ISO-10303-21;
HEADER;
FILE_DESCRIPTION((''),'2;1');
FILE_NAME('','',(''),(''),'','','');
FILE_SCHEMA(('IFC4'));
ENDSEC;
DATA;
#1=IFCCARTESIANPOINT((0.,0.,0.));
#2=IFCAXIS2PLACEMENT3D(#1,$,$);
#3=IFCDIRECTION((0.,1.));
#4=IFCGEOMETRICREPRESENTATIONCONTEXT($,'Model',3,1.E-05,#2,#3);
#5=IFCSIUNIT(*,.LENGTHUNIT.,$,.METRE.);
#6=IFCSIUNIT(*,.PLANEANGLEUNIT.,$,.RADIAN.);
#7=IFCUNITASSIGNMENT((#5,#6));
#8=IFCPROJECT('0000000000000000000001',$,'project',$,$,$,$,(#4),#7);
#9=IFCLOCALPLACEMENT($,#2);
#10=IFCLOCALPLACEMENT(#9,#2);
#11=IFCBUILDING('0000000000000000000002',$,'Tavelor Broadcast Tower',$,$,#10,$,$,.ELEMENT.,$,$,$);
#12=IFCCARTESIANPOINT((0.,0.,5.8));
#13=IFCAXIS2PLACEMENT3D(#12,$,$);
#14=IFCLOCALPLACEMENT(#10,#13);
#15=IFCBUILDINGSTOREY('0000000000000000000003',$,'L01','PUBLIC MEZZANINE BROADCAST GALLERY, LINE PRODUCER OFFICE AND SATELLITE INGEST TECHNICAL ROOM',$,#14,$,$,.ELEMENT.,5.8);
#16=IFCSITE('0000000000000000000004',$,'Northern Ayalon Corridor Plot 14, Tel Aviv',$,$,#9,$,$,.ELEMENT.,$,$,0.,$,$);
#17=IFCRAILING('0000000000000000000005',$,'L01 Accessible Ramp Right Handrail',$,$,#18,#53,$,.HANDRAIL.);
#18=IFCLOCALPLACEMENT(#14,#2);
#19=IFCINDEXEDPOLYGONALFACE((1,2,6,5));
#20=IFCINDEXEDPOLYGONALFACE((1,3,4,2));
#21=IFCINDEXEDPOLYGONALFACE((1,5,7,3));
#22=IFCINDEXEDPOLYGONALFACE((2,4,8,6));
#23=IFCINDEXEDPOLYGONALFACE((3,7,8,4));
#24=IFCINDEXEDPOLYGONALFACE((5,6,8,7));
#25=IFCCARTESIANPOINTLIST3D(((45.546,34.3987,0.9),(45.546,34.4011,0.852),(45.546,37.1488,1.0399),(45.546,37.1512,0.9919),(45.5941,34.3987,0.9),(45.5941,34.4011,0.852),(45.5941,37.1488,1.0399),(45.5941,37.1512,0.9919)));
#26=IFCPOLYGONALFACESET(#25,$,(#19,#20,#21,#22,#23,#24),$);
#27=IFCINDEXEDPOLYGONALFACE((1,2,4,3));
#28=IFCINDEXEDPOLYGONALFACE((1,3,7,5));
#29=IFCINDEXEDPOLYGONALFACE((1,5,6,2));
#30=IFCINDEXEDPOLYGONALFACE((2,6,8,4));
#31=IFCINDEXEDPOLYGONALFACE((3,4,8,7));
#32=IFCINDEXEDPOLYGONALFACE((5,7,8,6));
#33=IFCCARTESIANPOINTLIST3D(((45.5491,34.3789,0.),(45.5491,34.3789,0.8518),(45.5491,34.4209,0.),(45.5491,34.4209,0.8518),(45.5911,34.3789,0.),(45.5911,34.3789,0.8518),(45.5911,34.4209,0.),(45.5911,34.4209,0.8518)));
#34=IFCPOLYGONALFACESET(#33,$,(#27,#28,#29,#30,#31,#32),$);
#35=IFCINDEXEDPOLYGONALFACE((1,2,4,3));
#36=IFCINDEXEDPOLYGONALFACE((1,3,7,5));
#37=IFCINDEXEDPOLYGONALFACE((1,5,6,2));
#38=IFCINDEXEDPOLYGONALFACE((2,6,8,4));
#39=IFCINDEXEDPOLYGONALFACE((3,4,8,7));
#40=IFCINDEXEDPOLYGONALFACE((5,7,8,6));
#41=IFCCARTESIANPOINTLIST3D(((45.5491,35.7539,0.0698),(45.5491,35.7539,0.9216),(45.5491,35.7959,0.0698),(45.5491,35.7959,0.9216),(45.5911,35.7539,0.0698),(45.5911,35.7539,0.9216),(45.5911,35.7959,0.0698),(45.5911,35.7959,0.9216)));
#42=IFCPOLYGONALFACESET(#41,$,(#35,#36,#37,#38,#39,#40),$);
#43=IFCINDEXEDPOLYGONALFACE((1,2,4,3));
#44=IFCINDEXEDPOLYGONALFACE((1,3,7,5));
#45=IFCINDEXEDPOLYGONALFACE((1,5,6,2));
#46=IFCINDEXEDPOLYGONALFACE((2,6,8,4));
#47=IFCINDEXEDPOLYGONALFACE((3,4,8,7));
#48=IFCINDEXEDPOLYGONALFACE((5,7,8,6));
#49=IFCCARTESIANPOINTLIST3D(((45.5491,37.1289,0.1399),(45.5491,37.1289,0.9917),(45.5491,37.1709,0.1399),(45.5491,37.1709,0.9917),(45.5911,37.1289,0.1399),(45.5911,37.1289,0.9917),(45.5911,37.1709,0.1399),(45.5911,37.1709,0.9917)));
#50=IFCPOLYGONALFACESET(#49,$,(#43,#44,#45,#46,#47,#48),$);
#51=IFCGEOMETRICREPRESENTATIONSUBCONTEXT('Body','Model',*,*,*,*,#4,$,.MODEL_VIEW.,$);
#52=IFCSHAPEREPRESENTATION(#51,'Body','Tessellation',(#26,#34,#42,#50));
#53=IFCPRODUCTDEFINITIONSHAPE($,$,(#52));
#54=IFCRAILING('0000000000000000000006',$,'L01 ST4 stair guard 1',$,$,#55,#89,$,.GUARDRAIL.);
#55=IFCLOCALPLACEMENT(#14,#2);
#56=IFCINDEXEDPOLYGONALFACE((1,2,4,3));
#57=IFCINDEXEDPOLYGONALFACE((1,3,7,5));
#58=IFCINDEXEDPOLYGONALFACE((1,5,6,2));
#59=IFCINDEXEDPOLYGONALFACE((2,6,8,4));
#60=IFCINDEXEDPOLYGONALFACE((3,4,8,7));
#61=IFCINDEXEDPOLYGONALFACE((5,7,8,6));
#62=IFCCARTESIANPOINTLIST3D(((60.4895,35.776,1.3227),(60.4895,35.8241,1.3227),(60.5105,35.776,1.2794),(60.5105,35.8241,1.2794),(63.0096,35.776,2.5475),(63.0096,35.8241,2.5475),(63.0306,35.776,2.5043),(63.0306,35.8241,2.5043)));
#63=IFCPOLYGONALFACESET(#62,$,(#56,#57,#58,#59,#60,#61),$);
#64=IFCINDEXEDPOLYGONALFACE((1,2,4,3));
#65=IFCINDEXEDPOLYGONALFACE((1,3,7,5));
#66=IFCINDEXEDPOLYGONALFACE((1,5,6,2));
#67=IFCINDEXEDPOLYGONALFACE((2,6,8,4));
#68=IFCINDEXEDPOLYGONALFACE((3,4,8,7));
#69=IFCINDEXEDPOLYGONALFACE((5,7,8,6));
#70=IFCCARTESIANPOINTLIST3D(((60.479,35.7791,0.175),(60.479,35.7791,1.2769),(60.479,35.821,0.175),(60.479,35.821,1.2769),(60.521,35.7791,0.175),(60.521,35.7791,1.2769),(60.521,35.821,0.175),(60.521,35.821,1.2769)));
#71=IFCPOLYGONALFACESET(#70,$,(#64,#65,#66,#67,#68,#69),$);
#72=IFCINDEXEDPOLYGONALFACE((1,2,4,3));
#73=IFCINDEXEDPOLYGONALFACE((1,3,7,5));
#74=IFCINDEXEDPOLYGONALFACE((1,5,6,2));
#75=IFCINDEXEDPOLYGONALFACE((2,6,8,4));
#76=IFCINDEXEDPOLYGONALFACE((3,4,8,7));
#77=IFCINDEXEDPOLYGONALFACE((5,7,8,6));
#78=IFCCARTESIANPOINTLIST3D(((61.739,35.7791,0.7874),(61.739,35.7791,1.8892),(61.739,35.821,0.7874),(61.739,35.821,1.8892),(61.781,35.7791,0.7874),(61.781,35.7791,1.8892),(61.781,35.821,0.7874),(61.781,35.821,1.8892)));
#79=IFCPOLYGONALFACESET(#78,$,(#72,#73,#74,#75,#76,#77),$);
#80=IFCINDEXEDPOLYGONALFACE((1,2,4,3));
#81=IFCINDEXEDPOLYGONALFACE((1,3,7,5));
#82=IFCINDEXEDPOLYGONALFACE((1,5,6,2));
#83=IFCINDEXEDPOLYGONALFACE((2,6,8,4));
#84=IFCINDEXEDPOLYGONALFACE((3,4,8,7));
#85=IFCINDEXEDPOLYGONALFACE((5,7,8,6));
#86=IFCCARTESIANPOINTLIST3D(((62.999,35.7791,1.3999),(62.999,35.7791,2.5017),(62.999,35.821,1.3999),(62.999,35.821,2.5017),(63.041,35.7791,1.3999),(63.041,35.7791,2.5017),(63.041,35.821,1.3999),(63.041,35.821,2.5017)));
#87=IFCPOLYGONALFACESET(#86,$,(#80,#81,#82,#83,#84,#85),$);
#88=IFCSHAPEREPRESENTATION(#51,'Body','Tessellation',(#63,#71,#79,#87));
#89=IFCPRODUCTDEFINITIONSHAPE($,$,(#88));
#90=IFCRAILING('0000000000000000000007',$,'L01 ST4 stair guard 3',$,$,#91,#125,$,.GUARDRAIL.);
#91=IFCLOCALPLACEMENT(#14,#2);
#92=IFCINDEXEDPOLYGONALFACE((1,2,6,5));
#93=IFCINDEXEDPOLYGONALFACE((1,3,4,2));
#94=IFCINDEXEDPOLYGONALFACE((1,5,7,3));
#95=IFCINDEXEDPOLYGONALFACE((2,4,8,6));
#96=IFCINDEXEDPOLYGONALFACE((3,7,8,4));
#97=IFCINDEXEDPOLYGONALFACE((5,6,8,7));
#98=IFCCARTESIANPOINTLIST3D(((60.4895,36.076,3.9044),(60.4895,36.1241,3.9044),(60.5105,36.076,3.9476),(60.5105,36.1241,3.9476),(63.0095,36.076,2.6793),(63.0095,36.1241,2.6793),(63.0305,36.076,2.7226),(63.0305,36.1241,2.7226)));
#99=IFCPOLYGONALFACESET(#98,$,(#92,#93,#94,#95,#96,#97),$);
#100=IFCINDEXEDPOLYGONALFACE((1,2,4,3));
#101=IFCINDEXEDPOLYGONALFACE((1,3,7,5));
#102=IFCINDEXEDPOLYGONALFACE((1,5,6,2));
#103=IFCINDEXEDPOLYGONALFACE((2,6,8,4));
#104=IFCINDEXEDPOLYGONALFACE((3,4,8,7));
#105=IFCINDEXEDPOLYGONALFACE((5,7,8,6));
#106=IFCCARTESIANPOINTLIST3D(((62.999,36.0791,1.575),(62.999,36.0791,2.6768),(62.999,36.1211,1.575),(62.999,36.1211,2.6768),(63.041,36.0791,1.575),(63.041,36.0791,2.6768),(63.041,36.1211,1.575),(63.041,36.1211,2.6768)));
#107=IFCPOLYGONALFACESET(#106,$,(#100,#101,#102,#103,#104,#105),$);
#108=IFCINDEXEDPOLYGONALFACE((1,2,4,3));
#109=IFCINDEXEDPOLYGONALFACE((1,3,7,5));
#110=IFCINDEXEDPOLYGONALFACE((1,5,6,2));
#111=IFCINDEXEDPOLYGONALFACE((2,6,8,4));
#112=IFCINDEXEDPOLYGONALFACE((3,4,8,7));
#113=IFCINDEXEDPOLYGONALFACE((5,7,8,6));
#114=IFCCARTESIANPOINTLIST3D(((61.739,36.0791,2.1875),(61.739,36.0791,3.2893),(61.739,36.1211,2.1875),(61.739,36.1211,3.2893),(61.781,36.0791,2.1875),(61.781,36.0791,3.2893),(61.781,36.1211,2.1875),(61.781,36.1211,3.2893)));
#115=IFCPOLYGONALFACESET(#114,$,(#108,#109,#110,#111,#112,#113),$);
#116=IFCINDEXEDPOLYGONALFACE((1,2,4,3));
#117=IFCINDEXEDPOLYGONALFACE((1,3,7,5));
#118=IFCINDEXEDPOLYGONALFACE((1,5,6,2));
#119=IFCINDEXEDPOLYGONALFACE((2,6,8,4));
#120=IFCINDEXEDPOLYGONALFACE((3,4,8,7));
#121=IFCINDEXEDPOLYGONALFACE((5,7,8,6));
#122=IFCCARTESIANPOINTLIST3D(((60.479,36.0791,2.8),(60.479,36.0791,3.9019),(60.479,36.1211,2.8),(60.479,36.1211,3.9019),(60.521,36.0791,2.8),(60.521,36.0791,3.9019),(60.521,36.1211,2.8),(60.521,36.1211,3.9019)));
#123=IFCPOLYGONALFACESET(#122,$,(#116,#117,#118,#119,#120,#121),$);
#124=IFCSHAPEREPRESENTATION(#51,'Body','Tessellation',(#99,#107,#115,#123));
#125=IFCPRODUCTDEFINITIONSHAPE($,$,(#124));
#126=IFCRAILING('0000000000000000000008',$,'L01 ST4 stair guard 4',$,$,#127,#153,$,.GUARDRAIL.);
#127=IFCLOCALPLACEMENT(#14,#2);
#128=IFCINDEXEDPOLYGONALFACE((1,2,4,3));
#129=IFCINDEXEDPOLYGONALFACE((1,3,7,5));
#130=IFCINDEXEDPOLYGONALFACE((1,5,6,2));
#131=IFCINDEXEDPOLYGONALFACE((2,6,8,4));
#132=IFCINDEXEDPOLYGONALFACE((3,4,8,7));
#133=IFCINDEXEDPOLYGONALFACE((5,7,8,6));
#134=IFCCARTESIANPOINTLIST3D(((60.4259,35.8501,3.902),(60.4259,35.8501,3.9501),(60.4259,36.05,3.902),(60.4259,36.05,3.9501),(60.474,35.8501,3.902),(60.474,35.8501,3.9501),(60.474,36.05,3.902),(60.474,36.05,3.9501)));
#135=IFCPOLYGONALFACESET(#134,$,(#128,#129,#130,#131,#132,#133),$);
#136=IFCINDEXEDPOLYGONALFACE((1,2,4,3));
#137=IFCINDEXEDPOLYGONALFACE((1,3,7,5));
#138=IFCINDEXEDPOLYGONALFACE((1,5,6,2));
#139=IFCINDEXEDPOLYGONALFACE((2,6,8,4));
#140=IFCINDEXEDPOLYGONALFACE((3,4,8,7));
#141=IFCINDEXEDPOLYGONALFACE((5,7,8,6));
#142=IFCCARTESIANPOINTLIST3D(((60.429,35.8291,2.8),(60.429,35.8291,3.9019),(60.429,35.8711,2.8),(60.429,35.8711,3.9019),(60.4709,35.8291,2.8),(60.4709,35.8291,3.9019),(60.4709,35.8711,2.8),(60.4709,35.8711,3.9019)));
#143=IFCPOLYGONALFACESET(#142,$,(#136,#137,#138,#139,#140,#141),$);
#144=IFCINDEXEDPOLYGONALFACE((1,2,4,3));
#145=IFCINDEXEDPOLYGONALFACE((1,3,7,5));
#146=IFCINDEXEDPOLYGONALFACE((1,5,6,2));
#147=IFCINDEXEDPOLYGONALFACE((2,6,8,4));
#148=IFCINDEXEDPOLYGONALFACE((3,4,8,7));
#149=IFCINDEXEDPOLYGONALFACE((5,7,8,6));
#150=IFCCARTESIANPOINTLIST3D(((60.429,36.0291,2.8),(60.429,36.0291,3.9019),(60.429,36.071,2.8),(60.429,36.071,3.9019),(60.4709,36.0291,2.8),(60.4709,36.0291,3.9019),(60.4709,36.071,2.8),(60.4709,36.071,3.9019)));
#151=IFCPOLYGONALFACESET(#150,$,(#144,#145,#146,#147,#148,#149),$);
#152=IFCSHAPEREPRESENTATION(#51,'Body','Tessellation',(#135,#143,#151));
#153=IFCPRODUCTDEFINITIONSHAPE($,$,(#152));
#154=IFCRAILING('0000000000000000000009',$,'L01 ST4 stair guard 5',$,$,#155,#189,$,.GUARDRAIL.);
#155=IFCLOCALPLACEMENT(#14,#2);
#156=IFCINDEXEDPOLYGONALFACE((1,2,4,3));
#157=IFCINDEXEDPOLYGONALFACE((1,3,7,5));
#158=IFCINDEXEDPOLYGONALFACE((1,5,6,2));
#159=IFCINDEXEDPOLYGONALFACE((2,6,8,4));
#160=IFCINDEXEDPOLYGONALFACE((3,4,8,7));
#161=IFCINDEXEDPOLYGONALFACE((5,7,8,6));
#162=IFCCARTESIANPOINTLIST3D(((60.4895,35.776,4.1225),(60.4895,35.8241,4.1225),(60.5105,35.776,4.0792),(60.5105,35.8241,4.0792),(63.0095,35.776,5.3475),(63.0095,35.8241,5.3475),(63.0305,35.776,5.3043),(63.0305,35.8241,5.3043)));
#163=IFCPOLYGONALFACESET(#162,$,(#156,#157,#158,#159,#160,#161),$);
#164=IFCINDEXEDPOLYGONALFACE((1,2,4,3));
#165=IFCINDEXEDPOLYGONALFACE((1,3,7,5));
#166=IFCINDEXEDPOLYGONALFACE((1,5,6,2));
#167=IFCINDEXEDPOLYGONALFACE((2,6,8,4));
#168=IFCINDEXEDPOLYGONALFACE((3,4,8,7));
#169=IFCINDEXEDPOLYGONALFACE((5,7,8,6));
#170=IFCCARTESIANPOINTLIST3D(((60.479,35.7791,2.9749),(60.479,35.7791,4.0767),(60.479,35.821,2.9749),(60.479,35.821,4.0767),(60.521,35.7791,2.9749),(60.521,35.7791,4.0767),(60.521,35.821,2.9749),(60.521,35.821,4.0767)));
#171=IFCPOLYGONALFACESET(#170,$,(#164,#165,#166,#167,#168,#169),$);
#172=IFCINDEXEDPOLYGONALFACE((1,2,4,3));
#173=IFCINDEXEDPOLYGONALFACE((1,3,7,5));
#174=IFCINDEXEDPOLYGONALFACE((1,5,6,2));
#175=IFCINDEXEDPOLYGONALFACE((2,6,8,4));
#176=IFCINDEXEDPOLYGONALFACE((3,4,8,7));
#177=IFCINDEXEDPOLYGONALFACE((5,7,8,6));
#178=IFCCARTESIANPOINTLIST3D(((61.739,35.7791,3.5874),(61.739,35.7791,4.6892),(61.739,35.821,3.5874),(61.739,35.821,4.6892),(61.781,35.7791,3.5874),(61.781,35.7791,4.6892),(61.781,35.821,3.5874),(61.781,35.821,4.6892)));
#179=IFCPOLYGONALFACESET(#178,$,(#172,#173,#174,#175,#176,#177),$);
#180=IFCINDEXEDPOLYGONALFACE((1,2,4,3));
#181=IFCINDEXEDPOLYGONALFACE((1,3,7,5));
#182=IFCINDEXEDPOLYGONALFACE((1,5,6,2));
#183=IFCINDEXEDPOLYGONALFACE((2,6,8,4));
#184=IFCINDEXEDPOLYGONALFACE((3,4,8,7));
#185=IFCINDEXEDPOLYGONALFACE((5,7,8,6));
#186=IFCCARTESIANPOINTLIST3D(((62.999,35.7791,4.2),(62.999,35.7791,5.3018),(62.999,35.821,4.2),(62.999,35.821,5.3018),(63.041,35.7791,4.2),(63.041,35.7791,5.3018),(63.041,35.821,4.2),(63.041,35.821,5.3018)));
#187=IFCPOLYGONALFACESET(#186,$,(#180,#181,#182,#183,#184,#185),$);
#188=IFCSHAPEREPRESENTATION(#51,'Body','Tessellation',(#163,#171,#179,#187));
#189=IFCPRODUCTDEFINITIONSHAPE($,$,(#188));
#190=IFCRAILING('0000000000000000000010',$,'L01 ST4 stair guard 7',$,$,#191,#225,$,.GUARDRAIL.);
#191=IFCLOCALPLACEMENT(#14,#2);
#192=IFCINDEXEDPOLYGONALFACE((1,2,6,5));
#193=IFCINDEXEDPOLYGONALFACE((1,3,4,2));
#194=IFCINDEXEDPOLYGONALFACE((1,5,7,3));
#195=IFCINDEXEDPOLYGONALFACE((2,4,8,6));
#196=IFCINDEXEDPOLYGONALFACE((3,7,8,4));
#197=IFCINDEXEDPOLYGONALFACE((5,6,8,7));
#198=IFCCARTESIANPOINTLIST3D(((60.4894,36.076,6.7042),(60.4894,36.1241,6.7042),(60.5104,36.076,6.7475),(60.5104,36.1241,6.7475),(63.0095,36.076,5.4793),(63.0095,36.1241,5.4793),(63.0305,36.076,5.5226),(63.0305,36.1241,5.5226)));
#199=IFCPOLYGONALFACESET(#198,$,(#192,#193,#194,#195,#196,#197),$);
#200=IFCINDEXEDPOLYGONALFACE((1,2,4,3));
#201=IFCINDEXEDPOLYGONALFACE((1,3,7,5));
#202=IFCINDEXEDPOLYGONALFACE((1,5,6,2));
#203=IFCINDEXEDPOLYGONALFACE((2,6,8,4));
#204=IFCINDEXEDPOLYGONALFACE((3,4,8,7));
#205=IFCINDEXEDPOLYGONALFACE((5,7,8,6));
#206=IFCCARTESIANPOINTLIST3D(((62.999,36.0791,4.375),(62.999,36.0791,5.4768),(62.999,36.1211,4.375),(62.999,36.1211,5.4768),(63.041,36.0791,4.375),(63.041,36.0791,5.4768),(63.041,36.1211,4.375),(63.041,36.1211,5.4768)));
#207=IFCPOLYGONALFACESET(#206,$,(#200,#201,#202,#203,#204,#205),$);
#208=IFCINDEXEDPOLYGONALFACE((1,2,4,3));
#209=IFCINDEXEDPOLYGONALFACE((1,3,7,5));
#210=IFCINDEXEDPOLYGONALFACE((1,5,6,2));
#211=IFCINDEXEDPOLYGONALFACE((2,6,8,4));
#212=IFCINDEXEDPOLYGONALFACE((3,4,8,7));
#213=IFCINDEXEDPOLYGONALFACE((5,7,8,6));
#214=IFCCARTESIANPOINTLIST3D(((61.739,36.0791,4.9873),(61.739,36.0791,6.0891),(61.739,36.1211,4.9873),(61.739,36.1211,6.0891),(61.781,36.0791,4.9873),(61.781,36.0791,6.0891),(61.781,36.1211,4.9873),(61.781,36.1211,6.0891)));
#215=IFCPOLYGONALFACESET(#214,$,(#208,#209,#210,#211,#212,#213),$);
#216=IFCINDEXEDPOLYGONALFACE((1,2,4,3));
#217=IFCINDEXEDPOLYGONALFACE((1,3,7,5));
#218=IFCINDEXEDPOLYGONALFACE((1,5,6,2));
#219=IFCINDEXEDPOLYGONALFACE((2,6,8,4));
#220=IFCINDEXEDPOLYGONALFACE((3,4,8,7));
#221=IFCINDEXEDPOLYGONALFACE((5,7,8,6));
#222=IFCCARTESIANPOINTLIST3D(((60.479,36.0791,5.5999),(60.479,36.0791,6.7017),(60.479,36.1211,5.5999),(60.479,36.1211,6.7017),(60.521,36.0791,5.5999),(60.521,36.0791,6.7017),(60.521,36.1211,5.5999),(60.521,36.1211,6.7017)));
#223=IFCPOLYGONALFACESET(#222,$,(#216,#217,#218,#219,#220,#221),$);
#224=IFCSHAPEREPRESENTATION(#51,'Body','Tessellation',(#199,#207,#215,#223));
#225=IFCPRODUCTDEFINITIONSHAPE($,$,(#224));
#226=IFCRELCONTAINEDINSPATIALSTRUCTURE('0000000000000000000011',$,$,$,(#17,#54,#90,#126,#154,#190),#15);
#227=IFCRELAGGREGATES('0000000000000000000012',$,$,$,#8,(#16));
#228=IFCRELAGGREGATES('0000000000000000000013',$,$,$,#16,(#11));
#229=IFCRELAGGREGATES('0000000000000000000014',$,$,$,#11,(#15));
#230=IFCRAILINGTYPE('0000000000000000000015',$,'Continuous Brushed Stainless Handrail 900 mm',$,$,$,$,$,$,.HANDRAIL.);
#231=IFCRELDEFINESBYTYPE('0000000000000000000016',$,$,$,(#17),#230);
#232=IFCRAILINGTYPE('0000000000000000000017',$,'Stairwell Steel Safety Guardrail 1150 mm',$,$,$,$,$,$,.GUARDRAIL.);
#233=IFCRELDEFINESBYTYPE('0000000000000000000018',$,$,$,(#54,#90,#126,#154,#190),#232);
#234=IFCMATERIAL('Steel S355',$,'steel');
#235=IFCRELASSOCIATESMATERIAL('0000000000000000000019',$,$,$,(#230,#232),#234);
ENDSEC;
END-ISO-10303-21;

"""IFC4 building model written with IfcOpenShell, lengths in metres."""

from ifc_helpers import new_model, si_unit, direction, frame, origin, origin_2d, place, context, subcontext, project, spatial, rectangle, extrude, material, type_object, element, save


model = new_model("IFC4")

# Units and contexts
model_context = context("Model", 3, precision=1e-05, world=origin(), true_north=direction((0.0, 1.0)))
body_context = subcontext(model_context, "Body", "Model", "MODEL_VIEW")
ifc_project = project(units=[si_unit("LENGTHUNIT", "METRE"), si_unit("PLANEANGLEUNIT", "RADIAN")], contexts=[model_context])

# Site, building, storey
site_placement = place(None, origin())
site = spatial("IfcSite", under=ifc_project, at=site_placement, Name="Northern Ayalon Corridor Plot 14, Tel Aviv", CompositionType="ELEMENT", RefElevation=0.0)
building_placement = place(site_placement, origin())
building = spatial("IfcBuilding", under=site, at=building_placement, Name="Tavelor Broadcast Tower", CompositionType="ELEMENT")
storey_placement = place(building_placement, frame((0.0, 0.0, 5.8)))
storey = spatial("IfcBuildingStorey", under=building, at=storey_placement, Name="L01", Description="PUBLIC MEZZANINE BROADCAST GALLERY, LINE PRODUCER OFFICE AND SATELLITE INGEST TECHNICAL ROOM", CompositionType="ELEMENT", Elevation=5.8)

# Shared definitions
ifc_material_1 = material(Name="Steel S355", Category="steel")

# Railings
railing_type_1 = type_object("IfcRailingType", Name="Continuous Brushed Stainless Handrail 900 mm", PredefinedType="HANDRAIL", material=ifc_material_1)
for number, where, name in (
    (1, (45.5701, 34.3999, 0.0), "L01 Accessible Ramp Right Handrail"),
):
    element("IfcRailing", number, at=place(storey_placement, frame(where)), inside=storey, type_object=railing_type_1, Name=name, PredefinedType="HANDRAIL", context=body_context, shape_type="SweptSolid", body=[
        extrude(rectangle(XDim=0.0481, YDim=0.0481, at=origin_2d()), frame((0.0, 0.0, 0.876), z_axis=(0.0, 0.998709, 0.050804), x_axis=(-1.0, 0.0, 0.0)), (0.0, 0.0, 1.0), 2.7537),
        extrude(rectangle(XDim=0.042, YDim=0.042, at=origin_2d()), origin(), (0.0, 0.0, 1.0), 0.8518),
        extrude(rectangle(XDim=0.042, YDim=0.042, at=origin_2d()), frame((0.0, 1.375, 0.0698)), (0.0, 0.0, 1.0), 0.8518),
        extrude(rectangle(XDim=0.042, YDim=0.042, at=origin_2d()), frame((0.0, 2.75, 0.1399)), (0.0, 0.0, 1.0), 0.8518),
    ])
railing_type_2 = type_object("IfcRailingType", Name="Stairwell Steel Safety Guardrail 1150 mm", PredefinedType="GUARDRAIL", material=ifc_material_1)
railing_1_placement = place(storey_placement, frame((60.5, 35.8, 0.175)))
element("IfcRailing", 2, at=railing_1_placement, inside=storey, type_object=railing_type_2, Name="L01 ST4 stair guard 1", PredefinedType="GUARDRAIL", context=body_context, shape_type="SweptSolid", body=[
    extrude(rectangle(XDim=0.0481, YDim=0.0481, at=origin_2d()), frame((0.0, 0.0, 1.126), z_axis=(0.89939, 0.0, 0.437148), x_axis=(0.0, 1.0, 0.0)), (0.0, 0.0, 1.0), 2.802),
    extrude(rectangle(XDim=0.042, YDim=0.042, at=origin_2d()), origin(), (0.0, 0.0, 1.0), 1.1018),
    extrude(rectangle(XDim=0.042, YDim=0.042, at=origin_2d()), frame((1.26, 0.0, 0.6123)), (0.0, 0.0, 1.0), 1.1018),
    extrude(rectangle(XDim=0.042, YDim=0.042, at=origin_2d()), frame((2.52, 0.0, 1.2249)), (0.0, 0.0, 1.0), 1.1018),
])
railing_2_placement = place(storey_placement, frame((63.02, 36.1001, 1.575)))
element("IfcRailing", 3, at=railing_2_placement, inside=storey, type_object=railing_type_2, Name="L01 ST4 stair guard 3", PredefinedType="GUARDRAIL", context=body_context, shape_type="SweptSolid", body=[
    extrude(rectangle(XDim=0.0481, YDim=0.0481, at=origin_2d()), frame((0.0, 0.0, 1.126), z_axis=(-0.899355, 0.0, 0.437218), x_axis=(0.0, -1.0, 0.0)), (0.0, 0.0, 1.0), 2.802),
    extrude(rectangle(XDim=0.042, YDim=0.042, at=origin_2d()), origin(), (0.0, 0.0, 1.0), 1.1018),
    extrude(rectangle(XDim=0.042, YDim=0.042, at=origin_2d()), frame((-1.26, 0.0, 0.6125)), (0.0, 0.0, 1.0), 1.1018),
    extrude(rectangle(XDim=0.042, YDim=0.042, at=origin_2d()), frame((-2.52, 0.0, 1.2251)), (0.0, 0.0, 1.0), 1.1018),
])
railing_3_placement = place(storey_placement, frame((60.45, 35.8501, 2.8)))
element("IfcRailing", 4, at=railing_3_placement, inside=storey, type_object=railing_type_2, Name="L01 ST4 stair guard 4", PredefinedType="GUARDRAIL", context=body_context, shape_type="SweptSolid", body=[
    extrude(rectangle(XDim=0.0481, YDim=0.0481, at=origin_2d()), frame((0.0, 0.0, 1.126), z_axis=(0.0, 1.0, 0.0), x_axis=(-1.0, 0.0, 0.0)), (0.0, 0.0, 1.0), 0.2),
    extrude(rectangle(XDim=0.042, YDim=0.042, at=origin_2d()), origin(), (0.0, 0.0, 1.0), 1.1018),
    extrude(rectangle(XDim=0.042, YDim=0.042, at=origin_2d()), frame((0.0, 0.2, 0.0)), (0.0, 0.0, 1.0), 1.1018),
])
railing_4_placement = place(storey_placement, frame((60.5, 35.8, 2.9749)))
element("IfcRailing", 5, at=railing_4_placement, inside=storey, type_object=railing_type_2, Name="L01 ST4 stair guard 5", PredefinedType="GUARDRAIL", context=body_context, shape_type="SweptSolid", body=[
    extrude(rectangle(XDim=0.0481, YDim=0.0481, at=origin_2d()), frame((0.0, 0.0, 1.126), z_axis=(0.899355, 0.0, 0.437218), x_axis=(0.0, 1.0, 0.0)), (0.0, 0.0, 1.0), 2.802),
    extrude(rectangle(XDim=0.042, YDim=0.042, at=origin_2d()), origin(), (0.0, 0.0, 1.0), 1.1018),
    extrude(rectangle(XDim=0.042, YDim=0.042, at=origin_2d()), frame((1.26, 0.0, 0.6125)), (0.0, 0.0, 1.0), 1.1018),
    extrude(rectangle(XDim=0.042, YDim=0.042, at=origin_2d()), frame((2.52, 0.0, 1.2251)), (0.0, 0.0, 1.0), 1.1018),
])
railing_5_placement = place(storey_placement, frame((63.02, 36.1001, 4.375)))
element("IfcRailing", 6, at=railing_5_placement, inside=storey, type_object=railing_type_2, Name="L01 ST4 stair guard 7", PredefinedType="GUARDRAIL", context=body_context, shape_type="SweptSolid", body=[
    extrude(rectangle(XDim=0.0481, YDim=0.0481, at=origin_2d()), frame((0.0, 0.0, 1.126), z_axis=(-0.89939, 0.0, 0.437148), x_axis=(0.0, -1.0, 0.0)), (0.0, 0.0, 1.0), 2.802),
    extrude(rectangle(XDim=0.042, YDim=0.042, at=origin_2d()), origin(), (0.0, 0.0, 1.0), 1.1018),
    extrude(rectangle(XDim=0.042, YDim=0.042, at=origin_2d()), frame((-1.26, 0.0, 0.6123)), (0.0, 0.0, 1.0), 1.1018),
    extrude(rectangle(XDim=0.042, YDim=0.042, at=origin_2d()), frame((-2.52, 0.0, 1.2249)), (0.0, 0.0, 1.0), 1.1018),
])

save(model, "model.ifc")
